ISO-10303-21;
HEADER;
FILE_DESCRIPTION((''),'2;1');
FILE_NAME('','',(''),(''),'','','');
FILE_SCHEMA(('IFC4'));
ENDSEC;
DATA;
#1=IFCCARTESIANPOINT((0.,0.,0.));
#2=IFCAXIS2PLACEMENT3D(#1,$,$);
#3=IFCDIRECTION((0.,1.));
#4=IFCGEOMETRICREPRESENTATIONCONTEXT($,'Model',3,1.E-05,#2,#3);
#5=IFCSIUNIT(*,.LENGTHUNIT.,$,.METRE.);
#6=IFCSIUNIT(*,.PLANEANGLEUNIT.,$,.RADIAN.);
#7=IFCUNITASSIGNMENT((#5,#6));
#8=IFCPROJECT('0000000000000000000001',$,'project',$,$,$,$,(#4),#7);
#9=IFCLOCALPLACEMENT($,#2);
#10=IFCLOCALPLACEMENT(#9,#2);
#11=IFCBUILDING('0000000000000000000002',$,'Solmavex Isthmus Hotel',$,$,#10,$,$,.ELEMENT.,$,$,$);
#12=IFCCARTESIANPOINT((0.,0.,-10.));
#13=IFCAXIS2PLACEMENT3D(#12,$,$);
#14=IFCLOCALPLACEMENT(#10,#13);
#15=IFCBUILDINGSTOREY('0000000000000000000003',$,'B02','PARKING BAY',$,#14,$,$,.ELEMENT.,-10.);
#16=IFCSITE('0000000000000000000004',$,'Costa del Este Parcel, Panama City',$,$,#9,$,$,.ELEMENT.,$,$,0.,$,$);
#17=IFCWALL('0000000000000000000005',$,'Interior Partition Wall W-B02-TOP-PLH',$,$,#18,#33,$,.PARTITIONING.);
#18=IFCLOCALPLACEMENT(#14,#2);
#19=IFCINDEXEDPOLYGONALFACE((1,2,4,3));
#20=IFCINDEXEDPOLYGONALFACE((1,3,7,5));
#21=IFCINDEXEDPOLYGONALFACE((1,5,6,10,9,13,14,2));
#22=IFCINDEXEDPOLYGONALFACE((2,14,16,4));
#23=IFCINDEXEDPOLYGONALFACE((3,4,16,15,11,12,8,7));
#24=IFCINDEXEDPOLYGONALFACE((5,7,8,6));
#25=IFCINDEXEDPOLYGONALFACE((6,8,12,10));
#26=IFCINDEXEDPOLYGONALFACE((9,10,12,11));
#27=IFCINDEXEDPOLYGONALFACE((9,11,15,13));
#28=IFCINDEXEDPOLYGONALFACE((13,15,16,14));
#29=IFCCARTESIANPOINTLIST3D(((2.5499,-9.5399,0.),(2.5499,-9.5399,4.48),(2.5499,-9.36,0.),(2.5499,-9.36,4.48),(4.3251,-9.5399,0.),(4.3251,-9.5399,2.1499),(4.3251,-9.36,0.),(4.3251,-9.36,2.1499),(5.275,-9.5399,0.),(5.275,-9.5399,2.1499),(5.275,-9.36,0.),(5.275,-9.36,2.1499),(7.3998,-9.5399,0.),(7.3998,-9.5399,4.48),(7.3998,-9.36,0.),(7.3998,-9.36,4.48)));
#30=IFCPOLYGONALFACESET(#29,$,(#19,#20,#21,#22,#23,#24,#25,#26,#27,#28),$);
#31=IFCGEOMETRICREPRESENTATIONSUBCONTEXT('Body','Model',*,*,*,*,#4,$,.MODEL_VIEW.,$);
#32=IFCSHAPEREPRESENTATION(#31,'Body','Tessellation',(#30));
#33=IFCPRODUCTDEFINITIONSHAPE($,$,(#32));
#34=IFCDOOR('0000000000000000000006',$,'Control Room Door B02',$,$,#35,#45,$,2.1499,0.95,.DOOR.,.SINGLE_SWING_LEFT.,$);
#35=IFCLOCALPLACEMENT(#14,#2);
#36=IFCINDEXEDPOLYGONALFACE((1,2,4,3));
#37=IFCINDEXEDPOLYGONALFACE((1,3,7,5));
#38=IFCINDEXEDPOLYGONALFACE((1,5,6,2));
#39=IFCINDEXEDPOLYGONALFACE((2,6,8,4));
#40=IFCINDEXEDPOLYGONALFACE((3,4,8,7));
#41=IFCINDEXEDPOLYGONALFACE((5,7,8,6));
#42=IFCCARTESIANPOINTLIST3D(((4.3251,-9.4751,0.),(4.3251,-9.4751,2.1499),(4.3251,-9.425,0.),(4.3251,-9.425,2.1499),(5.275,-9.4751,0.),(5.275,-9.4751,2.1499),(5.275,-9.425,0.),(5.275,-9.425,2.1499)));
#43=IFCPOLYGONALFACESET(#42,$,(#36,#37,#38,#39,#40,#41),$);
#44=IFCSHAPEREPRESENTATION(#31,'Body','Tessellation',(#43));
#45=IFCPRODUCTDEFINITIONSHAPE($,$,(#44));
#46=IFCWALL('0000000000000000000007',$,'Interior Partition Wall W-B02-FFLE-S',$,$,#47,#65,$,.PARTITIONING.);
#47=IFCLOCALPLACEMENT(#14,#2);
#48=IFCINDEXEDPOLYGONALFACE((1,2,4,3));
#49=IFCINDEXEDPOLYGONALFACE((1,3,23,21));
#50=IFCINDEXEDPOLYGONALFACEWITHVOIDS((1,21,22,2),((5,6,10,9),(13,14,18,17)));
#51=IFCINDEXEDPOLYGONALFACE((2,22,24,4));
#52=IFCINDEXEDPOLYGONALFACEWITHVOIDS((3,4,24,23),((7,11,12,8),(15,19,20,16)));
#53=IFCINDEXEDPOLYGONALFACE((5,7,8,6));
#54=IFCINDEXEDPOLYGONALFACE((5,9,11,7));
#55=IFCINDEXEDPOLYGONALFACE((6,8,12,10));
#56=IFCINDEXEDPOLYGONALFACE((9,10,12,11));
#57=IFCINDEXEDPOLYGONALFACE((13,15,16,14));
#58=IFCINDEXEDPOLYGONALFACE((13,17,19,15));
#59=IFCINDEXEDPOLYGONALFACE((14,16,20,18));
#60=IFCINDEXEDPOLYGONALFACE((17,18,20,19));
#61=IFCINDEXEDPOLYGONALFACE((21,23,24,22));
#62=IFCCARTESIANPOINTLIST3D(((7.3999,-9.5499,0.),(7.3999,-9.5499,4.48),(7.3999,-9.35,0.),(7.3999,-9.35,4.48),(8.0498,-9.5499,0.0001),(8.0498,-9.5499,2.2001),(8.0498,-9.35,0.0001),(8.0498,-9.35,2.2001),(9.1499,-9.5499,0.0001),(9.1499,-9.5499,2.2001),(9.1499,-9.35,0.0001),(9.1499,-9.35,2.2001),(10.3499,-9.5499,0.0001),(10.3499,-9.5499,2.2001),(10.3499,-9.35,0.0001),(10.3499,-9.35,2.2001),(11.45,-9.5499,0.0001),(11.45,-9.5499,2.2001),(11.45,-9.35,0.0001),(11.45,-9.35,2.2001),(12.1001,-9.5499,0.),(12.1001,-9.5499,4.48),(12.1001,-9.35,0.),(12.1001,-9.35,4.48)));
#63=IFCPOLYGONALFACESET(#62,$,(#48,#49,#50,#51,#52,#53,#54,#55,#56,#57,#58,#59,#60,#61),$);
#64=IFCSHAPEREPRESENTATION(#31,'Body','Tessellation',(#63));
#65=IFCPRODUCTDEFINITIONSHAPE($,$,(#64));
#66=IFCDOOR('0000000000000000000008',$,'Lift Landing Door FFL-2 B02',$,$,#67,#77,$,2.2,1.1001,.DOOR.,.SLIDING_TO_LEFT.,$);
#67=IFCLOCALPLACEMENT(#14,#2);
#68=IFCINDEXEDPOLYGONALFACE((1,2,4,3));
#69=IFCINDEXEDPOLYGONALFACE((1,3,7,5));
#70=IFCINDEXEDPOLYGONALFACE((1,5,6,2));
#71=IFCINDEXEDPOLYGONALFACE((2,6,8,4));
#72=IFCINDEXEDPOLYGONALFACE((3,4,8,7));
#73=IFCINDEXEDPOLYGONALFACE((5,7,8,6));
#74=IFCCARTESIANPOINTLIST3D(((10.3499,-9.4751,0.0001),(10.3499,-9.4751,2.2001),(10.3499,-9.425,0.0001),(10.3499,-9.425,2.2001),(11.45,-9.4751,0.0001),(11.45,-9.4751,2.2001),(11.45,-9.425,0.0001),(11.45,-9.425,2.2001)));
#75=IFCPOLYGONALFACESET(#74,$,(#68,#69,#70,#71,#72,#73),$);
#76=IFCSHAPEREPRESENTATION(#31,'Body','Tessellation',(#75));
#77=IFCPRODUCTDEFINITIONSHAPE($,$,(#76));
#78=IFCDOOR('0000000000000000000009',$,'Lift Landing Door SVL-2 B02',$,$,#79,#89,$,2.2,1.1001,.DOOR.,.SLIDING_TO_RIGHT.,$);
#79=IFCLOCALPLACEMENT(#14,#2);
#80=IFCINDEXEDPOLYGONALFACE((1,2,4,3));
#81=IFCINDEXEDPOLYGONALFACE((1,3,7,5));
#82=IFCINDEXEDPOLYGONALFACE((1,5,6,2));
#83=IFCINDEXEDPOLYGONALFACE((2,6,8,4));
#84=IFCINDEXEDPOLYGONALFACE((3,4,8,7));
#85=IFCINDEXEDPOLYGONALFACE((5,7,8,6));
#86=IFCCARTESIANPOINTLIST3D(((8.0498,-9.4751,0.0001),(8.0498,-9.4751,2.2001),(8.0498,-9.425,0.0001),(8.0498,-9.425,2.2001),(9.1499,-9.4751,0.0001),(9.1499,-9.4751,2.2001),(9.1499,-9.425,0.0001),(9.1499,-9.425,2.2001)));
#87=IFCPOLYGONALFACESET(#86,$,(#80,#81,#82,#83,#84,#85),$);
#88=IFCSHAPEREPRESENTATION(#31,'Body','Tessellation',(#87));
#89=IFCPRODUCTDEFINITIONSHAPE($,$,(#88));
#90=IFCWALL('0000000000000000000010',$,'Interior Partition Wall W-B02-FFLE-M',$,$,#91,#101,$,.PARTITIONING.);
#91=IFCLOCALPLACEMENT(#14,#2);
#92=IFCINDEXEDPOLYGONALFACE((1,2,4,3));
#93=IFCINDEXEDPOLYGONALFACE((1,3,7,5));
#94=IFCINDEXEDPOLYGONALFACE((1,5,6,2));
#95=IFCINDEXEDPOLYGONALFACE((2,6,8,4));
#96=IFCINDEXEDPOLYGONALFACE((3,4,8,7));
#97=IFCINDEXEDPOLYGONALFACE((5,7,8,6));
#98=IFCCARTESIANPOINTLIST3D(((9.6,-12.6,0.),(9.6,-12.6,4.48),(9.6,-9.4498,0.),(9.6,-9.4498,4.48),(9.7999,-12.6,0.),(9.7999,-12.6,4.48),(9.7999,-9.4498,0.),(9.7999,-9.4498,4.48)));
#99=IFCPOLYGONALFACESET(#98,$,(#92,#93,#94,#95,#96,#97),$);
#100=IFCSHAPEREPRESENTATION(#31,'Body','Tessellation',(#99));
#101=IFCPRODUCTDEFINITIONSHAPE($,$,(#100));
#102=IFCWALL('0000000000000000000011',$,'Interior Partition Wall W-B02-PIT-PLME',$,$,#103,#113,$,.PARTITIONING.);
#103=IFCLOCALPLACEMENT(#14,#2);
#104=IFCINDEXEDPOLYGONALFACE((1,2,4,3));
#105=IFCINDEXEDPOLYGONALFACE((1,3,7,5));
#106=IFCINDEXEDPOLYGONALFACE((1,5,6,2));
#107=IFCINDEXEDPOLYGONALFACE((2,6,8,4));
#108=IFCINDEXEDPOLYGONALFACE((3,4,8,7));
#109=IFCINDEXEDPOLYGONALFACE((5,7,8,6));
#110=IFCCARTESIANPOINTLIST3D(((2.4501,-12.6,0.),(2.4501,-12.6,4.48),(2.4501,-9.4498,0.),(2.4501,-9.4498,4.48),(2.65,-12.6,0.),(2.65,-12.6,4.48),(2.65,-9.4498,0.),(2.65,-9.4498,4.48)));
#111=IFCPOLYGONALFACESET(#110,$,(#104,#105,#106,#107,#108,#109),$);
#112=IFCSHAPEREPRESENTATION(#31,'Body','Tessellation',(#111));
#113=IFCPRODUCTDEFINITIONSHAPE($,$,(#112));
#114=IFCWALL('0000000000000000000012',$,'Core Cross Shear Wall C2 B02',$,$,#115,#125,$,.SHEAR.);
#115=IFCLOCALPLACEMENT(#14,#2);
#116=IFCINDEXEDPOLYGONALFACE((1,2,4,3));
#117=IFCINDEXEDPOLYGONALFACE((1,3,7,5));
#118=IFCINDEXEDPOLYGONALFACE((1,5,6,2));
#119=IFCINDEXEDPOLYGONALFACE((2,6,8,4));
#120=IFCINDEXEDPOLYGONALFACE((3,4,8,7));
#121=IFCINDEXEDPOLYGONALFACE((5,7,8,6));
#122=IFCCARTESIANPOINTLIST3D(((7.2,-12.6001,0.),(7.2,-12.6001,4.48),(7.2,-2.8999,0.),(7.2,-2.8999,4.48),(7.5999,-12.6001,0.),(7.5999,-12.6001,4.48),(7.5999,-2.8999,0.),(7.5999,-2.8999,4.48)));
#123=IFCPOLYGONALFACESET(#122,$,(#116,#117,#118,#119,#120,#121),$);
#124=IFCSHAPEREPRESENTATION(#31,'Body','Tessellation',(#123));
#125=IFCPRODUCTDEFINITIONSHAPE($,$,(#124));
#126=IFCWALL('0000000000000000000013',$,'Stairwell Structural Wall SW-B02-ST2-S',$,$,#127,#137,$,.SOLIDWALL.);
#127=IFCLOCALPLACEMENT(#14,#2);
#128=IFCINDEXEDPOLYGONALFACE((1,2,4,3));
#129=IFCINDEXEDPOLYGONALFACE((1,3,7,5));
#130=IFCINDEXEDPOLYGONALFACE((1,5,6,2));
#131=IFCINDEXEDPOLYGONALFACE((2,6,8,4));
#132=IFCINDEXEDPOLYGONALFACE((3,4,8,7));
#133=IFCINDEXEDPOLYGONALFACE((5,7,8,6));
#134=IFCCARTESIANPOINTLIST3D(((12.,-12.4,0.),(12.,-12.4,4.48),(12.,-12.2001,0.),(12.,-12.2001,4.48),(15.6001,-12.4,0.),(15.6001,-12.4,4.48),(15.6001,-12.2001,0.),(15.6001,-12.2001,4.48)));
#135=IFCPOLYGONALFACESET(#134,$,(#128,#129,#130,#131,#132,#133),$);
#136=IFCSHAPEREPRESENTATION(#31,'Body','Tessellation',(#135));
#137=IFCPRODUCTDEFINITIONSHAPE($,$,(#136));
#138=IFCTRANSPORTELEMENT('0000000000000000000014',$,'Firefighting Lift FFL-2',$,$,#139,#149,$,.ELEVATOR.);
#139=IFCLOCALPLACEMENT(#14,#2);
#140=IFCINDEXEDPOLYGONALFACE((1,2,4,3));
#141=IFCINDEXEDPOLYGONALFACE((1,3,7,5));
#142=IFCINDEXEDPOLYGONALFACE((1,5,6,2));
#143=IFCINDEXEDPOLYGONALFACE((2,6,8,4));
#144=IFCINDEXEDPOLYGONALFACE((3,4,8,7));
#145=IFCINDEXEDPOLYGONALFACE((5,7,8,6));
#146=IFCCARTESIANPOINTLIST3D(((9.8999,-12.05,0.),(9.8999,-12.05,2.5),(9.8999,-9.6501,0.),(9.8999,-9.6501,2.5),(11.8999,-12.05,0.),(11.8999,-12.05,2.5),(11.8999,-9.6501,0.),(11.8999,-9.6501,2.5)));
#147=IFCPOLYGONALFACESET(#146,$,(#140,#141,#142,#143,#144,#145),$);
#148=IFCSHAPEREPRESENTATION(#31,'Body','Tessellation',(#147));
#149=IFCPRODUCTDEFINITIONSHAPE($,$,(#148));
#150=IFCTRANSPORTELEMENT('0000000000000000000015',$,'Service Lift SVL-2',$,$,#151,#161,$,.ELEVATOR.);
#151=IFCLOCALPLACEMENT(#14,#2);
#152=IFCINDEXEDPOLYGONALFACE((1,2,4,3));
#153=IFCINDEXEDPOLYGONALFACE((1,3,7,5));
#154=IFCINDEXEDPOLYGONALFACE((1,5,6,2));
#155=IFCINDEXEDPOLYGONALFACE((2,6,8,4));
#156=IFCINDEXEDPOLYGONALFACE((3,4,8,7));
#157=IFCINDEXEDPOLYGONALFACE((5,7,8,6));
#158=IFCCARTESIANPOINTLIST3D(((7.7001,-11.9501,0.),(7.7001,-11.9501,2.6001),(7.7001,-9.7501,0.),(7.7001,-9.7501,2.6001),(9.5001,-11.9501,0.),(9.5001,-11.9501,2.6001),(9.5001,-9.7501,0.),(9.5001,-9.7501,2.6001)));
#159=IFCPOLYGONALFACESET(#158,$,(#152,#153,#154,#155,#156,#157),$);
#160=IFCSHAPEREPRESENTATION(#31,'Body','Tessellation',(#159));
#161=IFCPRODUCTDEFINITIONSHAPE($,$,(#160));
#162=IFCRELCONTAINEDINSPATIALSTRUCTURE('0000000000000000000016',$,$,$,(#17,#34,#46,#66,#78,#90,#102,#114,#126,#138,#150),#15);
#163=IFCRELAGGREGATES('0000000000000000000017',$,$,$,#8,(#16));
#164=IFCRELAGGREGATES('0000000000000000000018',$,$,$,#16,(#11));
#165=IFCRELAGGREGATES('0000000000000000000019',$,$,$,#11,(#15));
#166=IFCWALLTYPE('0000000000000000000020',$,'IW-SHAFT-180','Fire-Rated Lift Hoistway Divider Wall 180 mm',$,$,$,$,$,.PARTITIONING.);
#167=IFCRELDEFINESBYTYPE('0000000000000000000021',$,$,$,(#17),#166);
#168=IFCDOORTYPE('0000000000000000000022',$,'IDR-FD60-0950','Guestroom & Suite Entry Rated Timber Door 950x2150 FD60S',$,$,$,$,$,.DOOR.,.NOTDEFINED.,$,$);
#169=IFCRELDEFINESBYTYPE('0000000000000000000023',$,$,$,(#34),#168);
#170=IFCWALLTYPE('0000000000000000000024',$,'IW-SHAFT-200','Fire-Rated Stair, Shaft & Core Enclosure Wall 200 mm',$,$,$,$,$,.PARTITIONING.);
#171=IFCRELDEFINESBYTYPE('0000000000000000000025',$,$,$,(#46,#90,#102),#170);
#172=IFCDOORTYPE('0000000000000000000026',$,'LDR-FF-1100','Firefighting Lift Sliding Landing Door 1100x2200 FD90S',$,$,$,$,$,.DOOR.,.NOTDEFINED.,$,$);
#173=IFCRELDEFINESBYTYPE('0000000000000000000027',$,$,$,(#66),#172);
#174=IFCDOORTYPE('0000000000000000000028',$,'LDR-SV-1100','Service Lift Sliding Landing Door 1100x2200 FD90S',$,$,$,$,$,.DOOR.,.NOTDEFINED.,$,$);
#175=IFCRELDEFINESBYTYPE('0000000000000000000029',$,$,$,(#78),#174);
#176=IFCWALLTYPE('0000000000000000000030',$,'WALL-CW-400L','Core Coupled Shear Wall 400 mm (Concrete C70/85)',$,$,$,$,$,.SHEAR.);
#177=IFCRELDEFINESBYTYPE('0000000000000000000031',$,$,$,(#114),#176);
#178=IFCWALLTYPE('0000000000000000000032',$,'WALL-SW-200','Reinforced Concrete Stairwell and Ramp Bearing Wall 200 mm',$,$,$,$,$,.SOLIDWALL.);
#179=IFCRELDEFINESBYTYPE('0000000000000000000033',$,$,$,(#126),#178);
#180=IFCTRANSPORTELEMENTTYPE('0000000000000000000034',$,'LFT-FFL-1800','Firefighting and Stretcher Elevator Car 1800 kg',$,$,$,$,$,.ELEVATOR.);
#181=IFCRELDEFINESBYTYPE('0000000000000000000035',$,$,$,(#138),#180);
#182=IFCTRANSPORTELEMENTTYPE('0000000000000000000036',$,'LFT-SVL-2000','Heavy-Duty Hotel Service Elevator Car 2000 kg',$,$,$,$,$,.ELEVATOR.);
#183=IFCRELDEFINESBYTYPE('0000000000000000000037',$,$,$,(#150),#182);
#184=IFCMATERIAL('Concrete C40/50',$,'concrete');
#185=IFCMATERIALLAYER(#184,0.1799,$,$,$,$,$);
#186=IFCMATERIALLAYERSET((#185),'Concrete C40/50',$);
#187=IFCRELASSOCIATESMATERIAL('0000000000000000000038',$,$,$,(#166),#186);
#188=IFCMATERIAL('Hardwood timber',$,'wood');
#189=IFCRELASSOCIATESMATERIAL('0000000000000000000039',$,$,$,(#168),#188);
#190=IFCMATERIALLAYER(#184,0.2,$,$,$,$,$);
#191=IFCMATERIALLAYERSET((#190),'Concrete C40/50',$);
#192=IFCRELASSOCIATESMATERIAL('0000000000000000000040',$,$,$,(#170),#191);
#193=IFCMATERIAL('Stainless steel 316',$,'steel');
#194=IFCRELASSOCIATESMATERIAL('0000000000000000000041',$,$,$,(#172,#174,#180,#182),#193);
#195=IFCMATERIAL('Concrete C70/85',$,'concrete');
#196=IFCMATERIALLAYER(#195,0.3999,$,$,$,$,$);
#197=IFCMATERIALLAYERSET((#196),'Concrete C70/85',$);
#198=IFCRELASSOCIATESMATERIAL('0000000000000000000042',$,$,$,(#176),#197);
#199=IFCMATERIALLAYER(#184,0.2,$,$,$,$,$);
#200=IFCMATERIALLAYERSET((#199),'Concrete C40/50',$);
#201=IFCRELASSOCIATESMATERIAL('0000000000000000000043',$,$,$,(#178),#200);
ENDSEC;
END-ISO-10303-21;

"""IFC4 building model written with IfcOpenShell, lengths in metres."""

from ifc_helpers import new_model, si_unit, direction, frame, frame_2d, origin, origin_2d, place, context, subcontext, project, spatial, rectangle, extrude, material, layer, layer_set, type_object, element, fill, save


model = new_model("IFC4")

# Units and contexts
model_context = context("Model", 3, precision=1e-05, world=origin(), true_north=direction((0.0, 1.0)))
body_context = subcontext(model_context, "Body", "Model", "MODEL_VIEW")
ifc_project = project(units=[si_unit("LENGTHUNIT", "METRE"), si_unit("PLANEANGLEUNIT", "RADIAN")], contexts=[model_context])

# Site, building, storey
site_placement = place(None, origin())
site = spatial("IfcSite", under=ifc_project, at=site_placement, Name="Costa del Este Parcel, Panama City", CompositionType="ELEMENT", RefElevation=0.0)
building_placement = place(site_placement, origin())
building = spatial("IfcBuilding", under=site, at=building_placement, Name="Solmavex Isthmus Hotel", CompositionType="ELEMENT")
storey_placement = place(building_placement, frame((0.0, 0.0, -10.0)))
storey = spatial("IfcBuildingStorey", under=building, at=storey_placement, Name="B02", Description="PARKING BAY", CompositionType="ELEMENT", Elevation=-10.0)

# Shared definitions
ifc_material_1 = material(Name="Concrete C70/85", Category="concrete")

# Wall, opening, door
ifc_material_2 = material(Name="Concrete C40/50", Category="concrete")
ifc_layer_1 = layer(ifc_material_2, 0.1799)
ifc_layer_set_1 = layer_set([ifc_layer_1], Name="Concrete C40/50")
wall_type_1 = type_object("IfcWallType", Name="IW-SHAFT-180", Description="Fire-Rated Lift Hoistway Divider Wall 180 mm", PredefinedType="PARTITIONING", material=ifc_layer_set_1)
wall_1_placement = place(storey_placement, frame((2.55, -9.45, 0.0), z_axis=(0.0, 0.0, 1.0), x_axis=(1.0, 0.0, 0.0)))
wall_1 = element("IfcWall", 1, at=wall_1_placement, inside=storey, type_object=wall_type_1, Name="Interior Partition Wall W-B02-TOP-PLH", PredefinedType="PARTITIONING", context=body_context, shape_type="SweptSolid", body=[
    extrude(rectangle(XDim=4.8499, YDim=0.1799, at=frame_2d((2.4248, 0.0))), origin(), (0.0, 0.0, 1.0), 4.48),
])
opening_1_placement = place(wall_1_placement, frame((1.7749, 0.0, 0.0)))
opening_1 = element("IfcOpeningElement", 2, at=opening_1_placement, cuts=wall_1, PredefinedType="OPENING", context=body_context, shape_type="SweptSolid", body=[
    extrude(rectangle(XDim=0.95, YDim=2.1499, at=frame_2d((0.4751, 1.075))), frame((0.0, 0.0999, 0.0), z_axis=(0.0, -1.0, 0.0), x_axis=(1.0, 0.0, 0.0)), (0.0, 0.0, 1.0), 0.2),
])
ifc_material_3 = material(Name="Hardwood timber", Category="wood")
door_type_1 = type_object("IfcDoorType", Name="IDR-FD60-0950", Description="Guestroom & Suite Entry Rated Timber Door 950x2150 FD60S", OperationType="NOTDEFINED", PredefinedType="DOOR", material=ifc_material_3)
door_1_placement = place(opening_1_placement, origin())
door_1 = element("IfcDoor", 3, at=door_1_placement, inside=storey, type_object=door_type_1, Name="Control Room Door B02", OperationType="SINGLE_SWING_LEFT", OverallHeight=2.1499, OverallWidth=0.95, PredefinedType="DOOR", context=body_context, shape_type="SweptSolid", body=[
    extrude(rectangle(XDim=0.95, YDim=2.1499, at=frame_2d((0.4751, 1.075))), frame((0.0, 0.0249, 0.0), z_axis=(0.0, -1.0, 0.0), x_axis=(1.0, 0.0, 0.0)), (0.0, 0.0, 1.0), 0.05),
])
fill(opening_1, door_1)

# Wall, openings, doors
ifc_layer_2 = layer(ifc_material_2, 0.2)
ifc_layer_set_2 = layer_set([ifc_layer_2], Name="Concrete C40/50")
wall_type_2 = type_object("IfcWallType", Name="IW-SHAFT-200", Description="Fire-Rated Stair, Shaft & Core Enclosure Wall 200 mm", PredefinedType="PARTITIONING", material=ifc_layer_set_2)
wall_2_placement = place(storey_placement, frame((7.3999, -9.45, 0.0), z_axis=(0.0, 0.0, 1.0), x_axis=(1.0, 0.0, 0.0)))
wall_2 = element("IfcWall", 4, at=wall_2_placement, inside=storey, type_object=wall_type_2, Name="Interior Partition Wall W-B02-FFLE-S", PredefinedType="PARTITIONING", context=body_context, shape_type="SweptSolid", body=[
    extrude(rectangle(XDim=4.7002, YDim=0.2, at=frame_2d((2.3501, 0.0))), origin(), (0.0, 0.0, 1.0), 4.48),
])
opening_2_placement = place(wall_2_placement, frame((2.95, 0.0, 0.0)))
opening_2 = element("IfcOpeningElement", 5, at=opening_2_placement, cuts=wall_2, PredefinedType="OPENING", context=body_context, shape_type="SweptSolid", body=[
    extrude(rectangle(XDim=1.1001, YDim=2.2, at=frame_2d((0.55, 1.1001))), frame((0.0, 0.1099, 0.0), z_axis=(0.0, -1.0, 0.0), x_axis=(1.0, 0.0, 0.0)), (0.0, 0.0, 1.0), 0.22),
])
opening_3_placement = place(wall_2_placement, frame((0.6499, 0.0, 0.0)))
opening_3 = element("IfcOpeningElement", 6, at=opening_3_placement, cuts=wall_2, PredefinedType="OPENING", context=body_context, shape_type="SweptSolid", body=[
    extrude(rectangle(XDim=1.1001, YDim=2.2, at=frame_2d((0.55, 1.1001))), frame((0.0, 0.1099, 0.0), z_axis=(0.0, -1.0, 0.0), x_axis=(1.0, 0.0, 0.0)), (0.0, 0.0, 1.0), 0.22),
])
ifc_material_4 = material(Name="Stainless steel 316", Category="steel")
door_type_2 = type_object("IfcDoorType", Name="LDR-FF-1100", Description="Firefighting Lift Sliding Landing Door 1100x2200 FD90S", OperationType="NOTDEFINED", PredefinedType="DOOR", material=ifc_material_4)
door_2_placement = place(opening_2_placement, origin())
door_2 = element("IfcDoor", 7, at=door_2_placement, inside=storey, type_object=door_type_2, Name="Lift Landing Door FFL-2 B02", OperationType="SLIDING_TO_LEFT", OverallHeight=2.2, OverallWidth=1.1001, PredefinedType="DOOR", context=body_context, shape_type="SweptSolid", body=[
    extrude(rectangle(XDim=1.1001, YDim=2.2, at=frame_2d((0.55, 1.1001))), frame((0.0, 0.0249, 0.0), z_axis=(0.0, -1.0, 0.0), x_axis=(1.0, 0.0, 0.0)), (0.0, 0.0, 1.0), 0.05),
])
fill(opening_2, door_2)
door_type_3 = type_object("IfcDoorType", Name="LDR-SV-1100", Description="Service Lift Sliding Landing Door 1100x2200 FD90S", OperationType="NOTDEFINED", PredefinedType="DOOR", material=ifc_material_4)
door_3_placement = place(opening_3_placement, origin())
door_3 = element("IfcDoor", 8, at=door_3_placement, inside=storey, type_object=door_type_3, Name="Lift Landing Door SVL-2 B02", OperationType="SLIDING_TO_RIGHT", OverallHeight=2.2, OverallWidth=1.1001, PredefinedType="DOOR", context=body_context, shape_type="SweptSolid", body=[
    extrude(rectangle(XDim=1.1001, YDim=2.2, at=frame_2d((0.55, 1.1001))), frame((0.0, 0.0249, 0.0), z_axis=(0.0, -1.0, 0.0), x_axis=(1.0, 0.0, 0.0)), (0.0, 0.0, 1.0), 0.05),
])
fill(opening_3, door_3)

# Walls
for number, where, z_axis, x_axis, name in (
    (9, (9.7, -12.6001, 0.0), (0.0, 0.0, 1.0), (0.0, 1.0, 0.0), "Interior Partition Wall W-B02-FFLE-M"),
    (10, (2.55, -12.6001, 0.0), (0.0, 0.0, 1.0), (0.0, 1.0, 0.0), "Interior Partition Wall W-B02-PIT-PLME"),
):
    element("IfcWall", number, at=place(storey_placement, frame(where, z_axis=z_axis, x_axis=x_axis)), inside=storey, type_object=wall_type_2, Name=name, PredefinedType="PARTITIONING", context=body_context, shape_type="SweptSolid", body=[
        extrude(rectangle(XDim=3.1501, YDim=0.2, at=frame_2d((1.5752, 0.0))), origin(), (0.0, 0.0, 1.0), 4.48),
    ])
ifc_layer_3 = layer(ifc_material_1, 0.3999)
ifc_layer_set_3 = layer_set([ifc_layer_3], Name="Concrete C70/85")
wall_type_3 = type_object("IfcWallType", Name="WALL-CW-400L", Description="Core Coupled Shear Wall 400 mm (Concrete C70/85)", PredefinedType="SHEAR", material=ifc_layer_set_3)
wall_3_placement = place(storey_placement, frame((7.3999, -12.6001, 0.0), z_axis=(0.0, 0.0, 1.0), x_axis=(0.0, 1.0, 0.0)))
element("IfcWall", 11, at=wall_3_placement, inside=storey, type_object=wall_type_3, Name="Core Cross Shear Wall C2 B02", PredefinedType="SHEAR", context=body_context, shape_type="SweptSolid", body=[
    extrude(rectangle(XDim=9.7002, YDim=0.3999, at=frame_2d((4.8501, 0.0))), origin(), (0.0, 0.0, 1.0), 4.48),
])
ifc_layer_4 = layer(ifc_material_2, 0.2)
ifc_layer_set_4 = layer_set([ifc_layer_4], Name="Concrete C40/50")
wall_type_4 = type_object("IfcWallType", Name="WALL-SW-200", Description="Reinforced Concrete Stairwell and Ramp Bearing Wall 200 mm", PredefinedType="SOLIDWALL", material=ifc_layer_set_4)
wall_4_placement = place(storey_placement, frame((12.0, -12.3, 0.0), z_axis=(0.0, 0.0, 1.0), x_axis=(1.0, 0.0, 0.0)))
element("IfcWall", 12, at=wall_4_placement, inside=storey, type_object=wall_type_4, Name="Stairwell Structural Wall SW-B02-ST2-S", PredefinedType="SOLIDWALL", context=body_context, shape_type="SweptSolid", body=[
    extrude(rectangle(XDim=3.6001, YDim=0.2, at=frame_2d((1.8, 0.0))), origin(), (0.0, 0.0, 1.0), 4.48),
])

# Transport elements
transport_element_type_1 = type_object("IfcTransportElementType", Name="LFT-FFL-1800", Description="Firefighting and Stretcher Elevator Car 1800 kg", PredefinedType="ELEVATOR", material=ifc_material_4)
transport_element_1_placement = place(storey_placement, frame((10.8999, -10.8501, 0.0), z_axis=(0.0, 0.0, 1.0), x_axis=(1.0, 0.0, 0.0)))
element("IfcTransportElement", 13, at=transport_element_1_placement, inside=storey, type_object=transport_element_type_1, Name="Firefighting Lift FFL-2", PredefinedType="ELEVATOR", context=body_context, shape_type="SweptSolid", body=[
    extrude(rectangle(XDim=2.0, YDim=2.3999, at=origin_2d()), origin(), (0.0, 0.0, 1.0), 2.5),
])
transport_element_type_2 = type_object("IfcTransportElementType", Name="LFT-SVL-2000", Description="Heavy-Duty Hotel Service Elevator Car 2000 kg", PredefinedType="ELEVATOR", material=ifc_material_4)
transport_element_2_placement = place(storey_placement, frame((8.6001, -10.8501, 0.0), z_axis=(0.0, 0.0, 1.0), x_axis=(1.0, 0.0, 0.0)))
element("IfcTransportElement", 14, at=transport_element_2_placement, inside=storey, type_object=transport_element_type_2, Name="Service Lift SVL-2", PredefinedType="ELEVATOR", context=body_context, shape_type="SweptSolid", body=[
    extrude(rectangle(XDim=1.8, YDim=2.2, at=origin_2d()), origin(), (0.0, 0.0, 1.0), 2.6001),
])

save(model, "model.ifc")
